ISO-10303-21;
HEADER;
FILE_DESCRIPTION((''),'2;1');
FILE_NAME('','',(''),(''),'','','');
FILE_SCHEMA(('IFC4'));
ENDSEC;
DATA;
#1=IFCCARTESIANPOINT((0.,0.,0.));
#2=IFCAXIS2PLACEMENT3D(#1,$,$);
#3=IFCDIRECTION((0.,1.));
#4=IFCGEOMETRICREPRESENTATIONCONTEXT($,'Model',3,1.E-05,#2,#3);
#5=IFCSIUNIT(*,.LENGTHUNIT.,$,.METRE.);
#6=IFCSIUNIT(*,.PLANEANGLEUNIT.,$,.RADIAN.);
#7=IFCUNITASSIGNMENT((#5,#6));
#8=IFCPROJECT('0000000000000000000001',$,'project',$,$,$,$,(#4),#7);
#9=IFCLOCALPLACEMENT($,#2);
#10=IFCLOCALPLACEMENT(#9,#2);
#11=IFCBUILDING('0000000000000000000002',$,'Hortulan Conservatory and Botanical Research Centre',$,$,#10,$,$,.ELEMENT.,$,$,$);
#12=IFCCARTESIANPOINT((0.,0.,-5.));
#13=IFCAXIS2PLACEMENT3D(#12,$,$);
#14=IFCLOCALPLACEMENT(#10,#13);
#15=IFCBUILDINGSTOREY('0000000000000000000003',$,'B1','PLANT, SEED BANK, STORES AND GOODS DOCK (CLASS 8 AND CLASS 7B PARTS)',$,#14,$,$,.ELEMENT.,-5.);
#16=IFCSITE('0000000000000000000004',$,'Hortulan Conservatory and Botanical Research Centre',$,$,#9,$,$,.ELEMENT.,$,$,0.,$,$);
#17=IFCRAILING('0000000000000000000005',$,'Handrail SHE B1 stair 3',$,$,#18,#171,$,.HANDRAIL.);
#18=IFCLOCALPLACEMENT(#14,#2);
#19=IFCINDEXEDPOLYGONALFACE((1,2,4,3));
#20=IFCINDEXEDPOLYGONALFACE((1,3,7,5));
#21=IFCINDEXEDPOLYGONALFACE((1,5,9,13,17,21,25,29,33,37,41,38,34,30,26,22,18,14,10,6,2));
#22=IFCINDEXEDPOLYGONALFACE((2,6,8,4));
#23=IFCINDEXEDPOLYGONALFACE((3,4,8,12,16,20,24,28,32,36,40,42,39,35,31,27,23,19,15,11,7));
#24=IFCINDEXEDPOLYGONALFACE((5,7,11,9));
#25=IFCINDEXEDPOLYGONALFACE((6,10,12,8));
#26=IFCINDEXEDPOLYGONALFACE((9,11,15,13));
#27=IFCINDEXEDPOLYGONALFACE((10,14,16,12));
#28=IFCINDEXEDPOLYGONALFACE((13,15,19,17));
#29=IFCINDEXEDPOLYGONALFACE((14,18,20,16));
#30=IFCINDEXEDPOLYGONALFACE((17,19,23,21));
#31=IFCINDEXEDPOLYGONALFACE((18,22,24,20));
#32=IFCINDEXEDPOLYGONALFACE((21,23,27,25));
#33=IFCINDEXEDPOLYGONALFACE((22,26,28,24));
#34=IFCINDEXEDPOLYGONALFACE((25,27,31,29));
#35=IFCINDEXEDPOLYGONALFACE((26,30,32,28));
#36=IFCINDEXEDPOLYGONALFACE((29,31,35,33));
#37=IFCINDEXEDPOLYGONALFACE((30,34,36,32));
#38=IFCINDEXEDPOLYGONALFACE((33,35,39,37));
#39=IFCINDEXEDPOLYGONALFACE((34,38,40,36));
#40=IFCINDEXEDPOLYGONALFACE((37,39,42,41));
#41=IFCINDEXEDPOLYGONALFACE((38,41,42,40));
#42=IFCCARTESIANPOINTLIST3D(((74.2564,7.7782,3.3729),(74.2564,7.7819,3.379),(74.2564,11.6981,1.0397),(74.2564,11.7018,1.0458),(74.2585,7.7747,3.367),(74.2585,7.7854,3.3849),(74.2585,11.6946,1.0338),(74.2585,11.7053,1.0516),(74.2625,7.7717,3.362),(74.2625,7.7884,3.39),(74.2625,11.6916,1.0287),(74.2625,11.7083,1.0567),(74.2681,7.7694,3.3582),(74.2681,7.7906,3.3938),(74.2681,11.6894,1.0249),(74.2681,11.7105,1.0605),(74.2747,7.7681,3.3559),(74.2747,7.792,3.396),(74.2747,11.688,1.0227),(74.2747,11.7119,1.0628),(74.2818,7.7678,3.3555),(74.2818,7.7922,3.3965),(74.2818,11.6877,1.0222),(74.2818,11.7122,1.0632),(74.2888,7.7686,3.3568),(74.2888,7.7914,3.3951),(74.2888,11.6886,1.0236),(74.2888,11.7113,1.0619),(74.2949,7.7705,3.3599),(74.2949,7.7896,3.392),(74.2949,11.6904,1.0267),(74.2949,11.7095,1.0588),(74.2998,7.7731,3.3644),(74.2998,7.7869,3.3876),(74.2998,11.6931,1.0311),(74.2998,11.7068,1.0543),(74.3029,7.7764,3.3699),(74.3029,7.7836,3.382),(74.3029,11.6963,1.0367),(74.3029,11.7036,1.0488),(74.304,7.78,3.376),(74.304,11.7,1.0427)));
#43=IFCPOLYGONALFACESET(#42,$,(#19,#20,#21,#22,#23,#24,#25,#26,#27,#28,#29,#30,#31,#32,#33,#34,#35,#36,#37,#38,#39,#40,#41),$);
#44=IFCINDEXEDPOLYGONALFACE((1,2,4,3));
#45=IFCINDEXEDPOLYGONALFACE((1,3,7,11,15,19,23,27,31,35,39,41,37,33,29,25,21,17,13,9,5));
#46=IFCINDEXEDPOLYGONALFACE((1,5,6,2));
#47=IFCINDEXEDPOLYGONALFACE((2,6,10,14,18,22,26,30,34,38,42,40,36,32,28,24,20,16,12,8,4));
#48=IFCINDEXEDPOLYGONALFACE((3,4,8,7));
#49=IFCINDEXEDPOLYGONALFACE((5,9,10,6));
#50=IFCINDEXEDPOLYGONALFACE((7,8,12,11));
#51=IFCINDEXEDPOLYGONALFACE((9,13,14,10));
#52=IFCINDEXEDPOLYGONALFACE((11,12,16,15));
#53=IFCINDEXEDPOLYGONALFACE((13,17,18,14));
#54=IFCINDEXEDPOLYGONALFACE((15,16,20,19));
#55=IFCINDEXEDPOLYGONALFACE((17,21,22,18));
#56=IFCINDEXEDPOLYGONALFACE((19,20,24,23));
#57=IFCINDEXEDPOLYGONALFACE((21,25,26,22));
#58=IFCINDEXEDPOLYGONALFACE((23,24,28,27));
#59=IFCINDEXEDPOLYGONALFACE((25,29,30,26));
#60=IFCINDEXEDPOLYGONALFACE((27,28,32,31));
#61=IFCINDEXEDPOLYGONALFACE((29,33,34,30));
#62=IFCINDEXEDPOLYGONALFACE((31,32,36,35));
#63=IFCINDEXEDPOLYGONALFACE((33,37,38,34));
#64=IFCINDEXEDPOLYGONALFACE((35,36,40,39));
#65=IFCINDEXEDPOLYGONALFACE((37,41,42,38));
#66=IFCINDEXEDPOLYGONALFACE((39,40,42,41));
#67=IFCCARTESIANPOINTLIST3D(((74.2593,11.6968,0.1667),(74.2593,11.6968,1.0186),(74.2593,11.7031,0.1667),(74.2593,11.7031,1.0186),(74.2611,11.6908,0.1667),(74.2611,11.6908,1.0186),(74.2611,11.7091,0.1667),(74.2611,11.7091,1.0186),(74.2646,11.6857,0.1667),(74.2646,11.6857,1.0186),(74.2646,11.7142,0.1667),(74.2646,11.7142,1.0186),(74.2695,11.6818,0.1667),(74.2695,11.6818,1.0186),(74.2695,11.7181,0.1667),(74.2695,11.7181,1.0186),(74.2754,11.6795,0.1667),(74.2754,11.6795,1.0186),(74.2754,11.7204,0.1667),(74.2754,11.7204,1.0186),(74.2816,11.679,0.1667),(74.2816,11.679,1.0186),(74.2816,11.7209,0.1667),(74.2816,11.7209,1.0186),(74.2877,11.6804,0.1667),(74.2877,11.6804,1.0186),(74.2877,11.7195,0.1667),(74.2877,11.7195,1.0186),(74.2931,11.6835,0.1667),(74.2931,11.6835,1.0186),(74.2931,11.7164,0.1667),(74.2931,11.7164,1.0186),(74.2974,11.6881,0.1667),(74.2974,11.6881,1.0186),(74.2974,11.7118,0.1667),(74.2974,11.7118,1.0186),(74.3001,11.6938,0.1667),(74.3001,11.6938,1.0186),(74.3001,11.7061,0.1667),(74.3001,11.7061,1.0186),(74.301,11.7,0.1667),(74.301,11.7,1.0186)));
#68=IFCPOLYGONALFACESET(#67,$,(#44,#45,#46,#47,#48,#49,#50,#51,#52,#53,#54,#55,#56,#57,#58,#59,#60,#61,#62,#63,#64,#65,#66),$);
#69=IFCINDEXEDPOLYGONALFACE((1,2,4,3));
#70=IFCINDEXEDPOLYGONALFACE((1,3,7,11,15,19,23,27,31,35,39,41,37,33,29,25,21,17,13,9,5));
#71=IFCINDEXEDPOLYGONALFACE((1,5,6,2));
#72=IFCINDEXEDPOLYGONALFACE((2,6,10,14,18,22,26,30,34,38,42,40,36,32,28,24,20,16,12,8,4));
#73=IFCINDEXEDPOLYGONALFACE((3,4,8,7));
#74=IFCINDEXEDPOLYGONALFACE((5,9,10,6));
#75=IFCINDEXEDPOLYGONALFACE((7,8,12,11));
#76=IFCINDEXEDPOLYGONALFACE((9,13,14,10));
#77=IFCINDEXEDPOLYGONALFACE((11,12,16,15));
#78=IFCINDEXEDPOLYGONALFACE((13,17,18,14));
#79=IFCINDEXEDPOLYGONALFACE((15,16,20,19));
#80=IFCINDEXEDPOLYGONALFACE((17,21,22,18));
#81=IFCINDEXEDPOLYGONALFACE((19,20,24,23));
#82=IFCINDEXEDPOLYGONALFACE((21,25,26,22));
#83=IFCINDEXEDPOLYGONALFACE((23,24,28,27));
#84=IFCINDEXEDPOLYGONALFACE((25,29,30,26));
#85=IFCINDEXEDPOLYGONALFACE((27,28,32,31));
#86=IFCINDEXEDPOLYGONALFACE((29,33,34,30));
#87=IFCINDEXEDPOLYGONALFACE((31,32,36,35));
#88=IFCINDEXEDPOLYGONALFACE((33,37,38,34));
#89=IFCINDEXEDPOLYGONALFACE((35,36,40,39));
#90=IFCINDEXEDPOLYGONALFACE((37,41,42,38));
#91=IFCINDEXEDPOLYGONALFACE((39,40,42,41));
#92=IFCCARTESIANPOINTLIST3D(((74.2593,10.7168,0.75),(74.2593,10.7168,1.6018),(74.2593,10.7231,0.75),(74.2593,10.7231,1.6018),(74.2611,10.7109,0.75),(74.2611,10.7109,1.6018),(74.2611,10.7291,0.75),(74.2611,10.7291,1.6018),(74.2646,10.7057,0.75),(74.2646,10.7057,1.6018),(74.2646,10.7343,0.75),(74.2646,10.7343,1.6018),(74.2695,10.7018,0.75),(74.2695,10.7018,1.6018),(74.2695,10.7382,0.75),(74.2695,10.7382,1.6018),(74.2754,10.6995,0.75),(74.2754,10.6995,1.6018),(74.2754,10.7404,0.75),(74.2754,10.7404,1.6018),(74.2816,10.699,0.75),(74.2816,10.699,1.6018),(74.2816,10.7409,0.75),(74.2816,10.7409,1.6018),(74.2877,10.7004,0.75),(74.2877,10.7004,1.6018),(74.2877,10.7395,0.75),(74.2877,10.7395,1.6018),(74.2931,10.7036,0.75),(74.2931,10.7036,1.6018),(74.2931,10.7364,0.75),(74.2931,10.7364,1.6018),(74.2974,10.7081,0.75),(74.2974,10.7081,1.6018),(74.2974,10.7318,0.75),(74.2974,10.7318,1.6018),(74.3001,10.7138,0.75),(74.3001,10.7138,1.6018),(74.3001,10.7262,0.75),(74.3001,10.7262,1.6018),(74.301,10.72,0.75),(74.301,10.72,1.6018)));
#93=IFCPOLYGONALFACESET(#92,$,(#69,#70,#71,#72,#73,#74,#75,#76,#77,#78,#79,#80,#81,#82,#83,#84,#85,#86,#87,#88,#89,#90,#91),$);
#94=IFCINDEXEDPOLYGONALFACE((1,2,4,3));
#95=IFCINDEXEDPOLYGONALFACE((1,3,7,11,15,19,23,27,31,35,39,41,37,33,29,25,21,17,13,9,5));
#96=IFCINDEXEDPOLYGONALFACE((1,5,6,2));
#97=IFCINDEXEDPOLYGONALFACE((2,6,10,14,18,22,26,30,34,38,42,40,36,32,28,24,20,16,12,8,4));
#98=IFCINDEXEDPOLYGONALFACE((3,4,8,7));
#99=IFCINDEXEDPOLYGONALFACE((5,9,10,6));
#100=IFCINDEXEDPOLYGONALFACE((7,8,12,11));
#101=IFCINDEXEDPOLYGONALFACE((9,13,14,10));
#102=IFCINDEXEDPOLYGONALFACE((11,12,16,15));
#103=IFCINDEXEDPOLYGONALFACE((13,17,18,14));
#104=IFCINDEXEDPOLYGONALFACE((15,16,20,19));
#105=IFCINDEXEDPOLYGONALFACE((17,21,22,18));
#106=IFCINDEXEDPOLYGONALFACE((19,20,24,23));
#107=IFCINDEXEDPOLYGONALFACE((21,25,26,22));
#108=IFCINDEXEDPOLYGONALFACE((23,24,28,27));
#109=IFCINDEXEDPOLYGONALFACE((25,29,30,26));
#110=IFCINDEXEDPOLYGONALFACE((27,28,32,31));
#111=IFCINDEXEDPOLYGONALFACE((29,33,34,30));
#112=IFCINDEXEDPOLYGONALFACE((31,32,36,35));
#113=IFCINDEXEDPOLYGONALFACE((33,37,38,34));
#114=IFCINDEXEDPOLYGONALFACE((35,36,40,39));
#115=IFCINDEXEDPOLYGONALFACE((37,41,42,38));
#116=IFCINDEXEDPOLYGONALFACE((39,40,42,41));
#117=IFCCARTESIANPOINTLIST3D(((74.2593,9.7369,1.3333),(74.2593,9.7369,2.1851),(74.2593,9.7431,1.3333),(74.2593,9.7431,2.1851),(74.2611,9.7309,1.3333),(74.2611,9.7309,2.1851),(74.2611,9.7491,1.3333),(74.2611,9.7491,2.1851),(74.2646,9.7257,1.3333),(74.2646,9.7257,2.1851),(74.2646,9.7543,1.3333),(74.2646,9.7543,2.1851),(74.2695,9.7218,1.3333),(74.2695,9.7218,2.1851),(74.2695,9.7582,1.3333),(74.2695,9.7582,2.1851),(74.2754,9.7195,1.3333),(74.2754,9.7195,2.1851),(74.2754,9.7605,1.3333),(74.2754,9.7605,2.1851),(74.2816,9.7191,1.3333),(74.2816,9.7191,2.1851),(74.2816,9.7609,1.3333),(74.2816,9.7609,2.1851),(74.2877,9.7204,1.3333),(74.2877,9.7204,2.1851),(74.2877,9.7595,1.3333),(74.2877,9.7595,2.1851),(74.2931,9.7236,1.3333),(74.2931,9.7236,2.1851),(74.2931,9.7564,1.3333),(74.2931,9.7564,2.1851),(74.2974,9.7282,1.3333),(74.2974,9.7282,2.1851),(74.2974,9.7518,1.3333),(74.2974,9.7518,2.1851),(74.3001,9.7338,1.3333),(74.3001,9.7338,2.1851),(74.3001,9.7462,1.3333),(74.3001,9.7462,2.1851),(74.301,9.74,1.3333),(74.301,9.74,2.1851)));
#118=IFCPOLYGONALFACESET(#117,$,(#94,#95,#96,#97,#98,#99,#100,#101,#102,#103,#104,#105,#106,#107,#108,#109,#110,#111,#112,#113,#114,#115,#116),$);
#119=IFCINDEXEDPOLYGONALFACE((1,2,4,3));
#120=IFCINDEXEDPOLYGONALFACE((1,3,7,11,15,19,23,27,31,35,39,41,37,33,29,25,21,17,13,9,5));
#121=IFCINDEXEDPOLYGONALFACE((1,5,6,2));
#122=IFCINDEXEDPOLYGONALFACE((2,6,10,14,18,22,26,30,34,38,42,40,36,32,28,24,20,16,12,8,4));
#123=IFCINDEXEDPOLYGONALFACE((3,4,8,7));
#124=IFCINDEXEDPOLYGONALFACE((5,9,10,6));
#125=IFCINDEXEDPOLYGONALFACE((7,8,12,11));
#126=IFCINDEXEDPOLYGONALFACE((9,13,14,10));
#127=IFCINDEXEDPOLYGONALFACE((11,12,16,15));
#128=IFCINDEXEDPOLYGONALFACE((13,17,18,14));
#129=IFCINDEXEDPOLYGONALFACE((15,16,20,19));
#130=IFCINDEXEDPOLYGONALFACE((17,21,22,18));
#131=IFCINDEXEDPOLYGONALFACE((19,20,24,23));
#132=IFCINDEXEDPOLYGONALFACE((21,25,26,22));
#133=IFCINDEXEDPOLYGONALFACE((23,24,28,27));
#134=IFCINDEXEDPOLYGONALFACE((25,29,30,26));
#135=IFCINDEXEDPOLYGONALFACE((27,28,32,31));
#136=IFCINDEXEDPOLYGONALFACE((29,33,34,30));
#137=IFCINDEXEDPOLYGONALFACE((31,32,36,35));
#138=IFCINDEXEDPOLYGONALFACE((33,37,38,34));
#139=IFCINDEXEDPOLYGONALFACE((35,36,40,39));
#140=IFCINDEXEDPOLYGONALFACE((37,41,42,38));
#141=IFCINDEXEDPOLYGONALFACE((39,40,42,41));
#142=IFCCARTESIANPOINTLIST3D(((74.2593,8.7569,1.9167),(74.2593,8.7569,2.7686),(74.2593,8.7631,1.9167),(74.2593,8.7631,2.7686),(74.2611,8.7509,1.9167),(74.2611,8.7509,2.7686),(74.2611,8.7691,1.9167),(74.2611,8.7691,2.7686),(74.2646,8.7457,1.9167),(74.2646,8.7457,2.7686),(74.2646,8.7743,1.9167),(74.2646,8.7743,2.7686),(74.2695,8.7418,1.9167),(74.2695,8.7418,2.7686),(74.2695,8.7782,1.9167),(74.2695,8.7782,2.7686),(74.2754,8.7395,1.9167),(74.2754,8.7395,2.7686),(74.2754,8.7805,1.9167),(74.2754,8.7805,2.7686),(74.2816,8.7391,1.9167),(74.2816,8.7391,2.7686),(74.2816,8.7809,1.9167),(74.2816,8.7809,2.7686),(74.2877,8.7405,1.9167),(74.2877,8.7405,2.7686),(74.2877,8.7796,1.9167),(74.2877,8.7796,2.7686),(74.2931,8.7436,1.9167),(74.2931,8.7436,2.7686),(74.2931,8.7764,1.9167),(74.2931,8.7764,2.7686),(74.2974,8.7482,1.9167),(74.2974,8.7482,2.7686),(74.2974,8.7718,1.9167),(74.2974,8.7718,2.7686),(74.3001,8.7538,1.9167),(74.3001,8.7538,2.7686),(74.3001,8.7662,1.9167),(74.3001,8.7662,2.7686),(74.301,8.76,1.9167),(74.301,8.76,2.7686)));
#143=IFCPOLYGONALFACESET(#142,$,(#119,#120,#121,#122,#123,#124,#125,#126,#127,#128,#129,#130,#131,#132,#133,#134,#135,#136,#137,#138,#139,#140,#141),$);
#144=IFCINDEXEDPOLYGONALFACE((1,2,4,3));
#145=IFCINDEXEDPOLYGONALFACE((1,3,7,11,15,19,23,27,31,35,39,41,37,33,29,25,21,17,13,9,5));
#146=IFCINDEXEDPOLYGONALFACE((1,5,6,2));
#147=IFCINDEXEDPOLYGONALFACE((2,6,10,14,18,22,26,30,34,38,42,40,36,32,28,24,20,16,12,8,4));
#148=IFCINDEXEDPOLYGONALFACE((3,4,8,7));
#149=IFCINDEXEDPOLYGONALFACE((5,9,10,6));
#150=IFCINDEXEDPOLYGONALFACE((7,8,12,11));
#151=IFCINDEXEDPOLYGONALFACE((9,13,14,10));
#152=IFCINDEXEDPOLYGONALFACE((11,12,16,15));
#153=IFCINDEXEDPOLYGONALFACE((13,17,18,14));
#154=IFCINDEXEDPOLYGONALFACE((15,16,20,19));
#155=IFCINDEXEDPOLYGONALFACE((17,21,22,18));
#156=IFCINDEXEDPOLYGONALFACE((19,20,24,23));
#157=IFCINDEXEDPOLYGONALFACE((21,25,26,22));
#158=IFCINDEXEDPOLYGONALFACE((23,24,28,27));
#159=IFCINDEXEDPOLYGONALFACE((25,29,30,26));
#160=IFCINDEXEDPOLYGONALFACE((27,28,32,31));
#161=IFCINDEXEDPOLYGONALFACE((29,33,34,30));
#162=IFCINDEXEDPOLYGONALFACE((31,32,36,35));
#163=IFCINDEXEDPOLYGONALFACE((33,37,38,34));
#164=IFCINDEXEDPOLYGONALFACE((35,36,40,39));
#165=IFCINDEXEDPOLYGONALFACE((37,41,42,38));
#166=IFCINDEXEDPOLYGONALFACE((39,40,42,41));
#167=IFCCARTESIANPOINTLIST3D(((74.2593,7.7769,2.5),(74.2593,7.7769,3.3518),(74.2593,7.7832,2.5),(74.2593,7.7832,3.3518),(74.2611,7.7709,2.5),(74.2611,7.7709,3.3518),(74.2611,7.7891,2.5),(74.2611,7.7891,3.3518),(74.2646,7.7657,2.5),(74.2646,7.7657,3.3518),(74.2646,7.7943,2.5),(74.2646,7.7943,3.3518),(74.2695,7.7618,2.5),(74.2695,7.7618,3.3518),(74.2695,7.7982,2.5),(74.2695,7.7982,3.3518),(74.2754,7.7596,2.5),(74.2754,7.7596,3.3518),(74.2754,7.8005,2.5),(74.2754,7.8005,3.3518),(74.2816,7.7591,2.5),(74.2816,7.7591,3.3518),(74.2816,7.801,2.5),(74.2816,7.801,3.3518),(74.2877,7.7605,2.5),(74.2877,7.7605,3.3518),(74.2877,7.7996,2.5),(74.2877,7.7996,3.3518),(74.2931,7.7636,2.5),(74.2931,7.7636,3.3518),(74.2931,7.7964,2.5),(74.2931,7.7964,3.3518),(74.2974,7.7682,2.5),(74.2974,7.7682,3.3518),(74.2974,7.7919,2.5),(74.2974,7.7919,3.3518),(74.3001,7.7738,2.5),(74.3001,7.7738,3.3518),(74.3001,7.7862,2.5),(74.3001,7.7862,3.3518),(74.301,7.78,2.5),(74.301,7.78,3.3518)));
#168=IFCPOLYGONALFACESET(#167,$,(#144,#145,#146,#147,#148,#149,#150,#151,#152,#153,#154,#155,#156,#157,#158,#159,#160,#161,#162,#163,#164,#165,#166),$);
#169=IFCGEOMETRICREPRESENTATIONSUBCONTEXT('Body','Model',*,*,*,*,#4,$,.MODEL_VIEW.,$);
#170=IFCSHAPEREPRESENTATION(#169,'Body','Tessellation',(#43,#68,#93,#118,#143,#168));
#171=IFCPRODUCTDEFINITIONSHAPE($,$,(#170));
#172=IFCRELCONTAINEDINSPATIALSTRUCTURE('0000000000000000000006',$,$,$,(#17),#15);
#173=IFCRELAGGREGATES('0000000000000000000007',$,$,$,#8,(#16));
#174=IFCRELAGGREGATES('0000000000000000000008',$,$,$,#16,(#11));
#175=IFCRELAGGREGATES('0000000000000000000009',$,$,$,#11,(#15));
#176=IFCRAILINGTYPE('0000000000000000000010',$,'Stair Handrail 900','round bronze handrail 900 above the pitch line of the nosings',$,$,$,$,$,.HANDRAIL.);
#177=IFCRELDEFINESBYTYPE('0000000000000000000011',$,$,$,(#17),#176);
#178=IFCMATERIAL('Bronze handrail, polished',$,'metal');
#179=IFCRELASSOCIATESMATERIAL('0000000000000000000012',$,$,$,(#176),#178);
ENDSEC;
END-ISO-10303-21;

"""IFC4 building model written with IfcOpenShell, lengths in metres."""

from ifc_helpers import new_model, si_unit, direction, frame, origin, origin_2d, place, context, subcontext, project, spatial, circle, extrude, material, type_object, element, save


model = new_model("IFC4")

# Units and contexts
model_context = context("Model", 3, precision=1e-05, world=origin(), true_north=direction((0.0, 1.0)))
body_context = subcontext(model_context, "Body", "Model", "MODEL_VIEW")
ifc_project = project(units=[si_unit("LENGTHUNIT", "METRE"), si_unit("PLANEANGLEUNIT", "RADIAN")], contexts=[model_context])

# Site, building, storey
site_placement = place(None, origin())
site = spatial("IfcSite", under=ifc_project, at=site_placement, Name="Hortulan Conservatory and Botanical Research Centre", CompositionType="ELEMENT", RefElevation=0.0)
building_placement = place(site_placement, origin())
building = spatial("IfcBuilding", under=site, at=building_placement, Name="Hortulan Conservatory and Botanical Research Centre", CompositionType="ELEMENT")
storey_placement = place(building_placement, frame((0.0, 0.0, -5.0)))
storey = spatial("IfcBuildingStorey", under=building, at=storey_placement, Name="B1", Description="PLANT, SEED BANK, STORES AND GOODS DOCK (CLASS 8 AND CLASS 7B PARTS)", CompositionType="ELEMENT", Elevation=-5.0)

# Railing
ifc_material_1 = material(Name="Bronze handrail, polished", Category="metal")
railing_type_1 = type_object("IfcRailingType", Name="Stair Handrail 900", Description="round bronze handrail 900 above the pitch line of the nosings", PredefinedType="HANDRAIL", material=ifc_material_1)
for number, where, name in (
    (1, (74.28, 11.7, 0.1667), "Handrail SHE B1 stair 3"),
):
    element("IfcRailing", number, at=place(storey_placement, frame(where)), inside=storey, type_object=railing_type_1, Name=name, PredefinedType="HANDRAIL", context=body_context, shape_type="SweptSolid", body=[
        extrude(circle(Radius=0.0239, at=origin_2d()), frame((0.0, 0.0, 0.876), z_axis=(0.0, -0.859296, 0.511478), x_axis=(1.0, 0.0, 0.0)), (0.0, 0.0, 1.0), 4.5618),
        extrude(circle(Radius=0.021, at=origin_2d()), origin(), (0.0, 0.0, 1.0), 0.8518),
        extrude(circle(Radius=0.021, at=origin_2d()), frame((0.0, -0.98, 0.5833)), (0.0, 0.0, 1.0), 0.8518),
        extrude(circle(Radius=0.021, at=origin_2d()), frame((0.0, -1.96, 1.1665)), (0.0, 0.0, 1.0), 0.8518),
        extrude(circle(Radius=0.021, at=origin_2d()), frame((0.0, -2.9399, 1.75)), (0.0, 0.0, 1.0), 0.8518),
        extrude(circle(Radius=0.021, at=origin_2d()), frame((0.0, -3.9199, 2.3333)), (0.0, 0.0, 1.0), 0.8518),
    ])

save(model, "model.ifc")
